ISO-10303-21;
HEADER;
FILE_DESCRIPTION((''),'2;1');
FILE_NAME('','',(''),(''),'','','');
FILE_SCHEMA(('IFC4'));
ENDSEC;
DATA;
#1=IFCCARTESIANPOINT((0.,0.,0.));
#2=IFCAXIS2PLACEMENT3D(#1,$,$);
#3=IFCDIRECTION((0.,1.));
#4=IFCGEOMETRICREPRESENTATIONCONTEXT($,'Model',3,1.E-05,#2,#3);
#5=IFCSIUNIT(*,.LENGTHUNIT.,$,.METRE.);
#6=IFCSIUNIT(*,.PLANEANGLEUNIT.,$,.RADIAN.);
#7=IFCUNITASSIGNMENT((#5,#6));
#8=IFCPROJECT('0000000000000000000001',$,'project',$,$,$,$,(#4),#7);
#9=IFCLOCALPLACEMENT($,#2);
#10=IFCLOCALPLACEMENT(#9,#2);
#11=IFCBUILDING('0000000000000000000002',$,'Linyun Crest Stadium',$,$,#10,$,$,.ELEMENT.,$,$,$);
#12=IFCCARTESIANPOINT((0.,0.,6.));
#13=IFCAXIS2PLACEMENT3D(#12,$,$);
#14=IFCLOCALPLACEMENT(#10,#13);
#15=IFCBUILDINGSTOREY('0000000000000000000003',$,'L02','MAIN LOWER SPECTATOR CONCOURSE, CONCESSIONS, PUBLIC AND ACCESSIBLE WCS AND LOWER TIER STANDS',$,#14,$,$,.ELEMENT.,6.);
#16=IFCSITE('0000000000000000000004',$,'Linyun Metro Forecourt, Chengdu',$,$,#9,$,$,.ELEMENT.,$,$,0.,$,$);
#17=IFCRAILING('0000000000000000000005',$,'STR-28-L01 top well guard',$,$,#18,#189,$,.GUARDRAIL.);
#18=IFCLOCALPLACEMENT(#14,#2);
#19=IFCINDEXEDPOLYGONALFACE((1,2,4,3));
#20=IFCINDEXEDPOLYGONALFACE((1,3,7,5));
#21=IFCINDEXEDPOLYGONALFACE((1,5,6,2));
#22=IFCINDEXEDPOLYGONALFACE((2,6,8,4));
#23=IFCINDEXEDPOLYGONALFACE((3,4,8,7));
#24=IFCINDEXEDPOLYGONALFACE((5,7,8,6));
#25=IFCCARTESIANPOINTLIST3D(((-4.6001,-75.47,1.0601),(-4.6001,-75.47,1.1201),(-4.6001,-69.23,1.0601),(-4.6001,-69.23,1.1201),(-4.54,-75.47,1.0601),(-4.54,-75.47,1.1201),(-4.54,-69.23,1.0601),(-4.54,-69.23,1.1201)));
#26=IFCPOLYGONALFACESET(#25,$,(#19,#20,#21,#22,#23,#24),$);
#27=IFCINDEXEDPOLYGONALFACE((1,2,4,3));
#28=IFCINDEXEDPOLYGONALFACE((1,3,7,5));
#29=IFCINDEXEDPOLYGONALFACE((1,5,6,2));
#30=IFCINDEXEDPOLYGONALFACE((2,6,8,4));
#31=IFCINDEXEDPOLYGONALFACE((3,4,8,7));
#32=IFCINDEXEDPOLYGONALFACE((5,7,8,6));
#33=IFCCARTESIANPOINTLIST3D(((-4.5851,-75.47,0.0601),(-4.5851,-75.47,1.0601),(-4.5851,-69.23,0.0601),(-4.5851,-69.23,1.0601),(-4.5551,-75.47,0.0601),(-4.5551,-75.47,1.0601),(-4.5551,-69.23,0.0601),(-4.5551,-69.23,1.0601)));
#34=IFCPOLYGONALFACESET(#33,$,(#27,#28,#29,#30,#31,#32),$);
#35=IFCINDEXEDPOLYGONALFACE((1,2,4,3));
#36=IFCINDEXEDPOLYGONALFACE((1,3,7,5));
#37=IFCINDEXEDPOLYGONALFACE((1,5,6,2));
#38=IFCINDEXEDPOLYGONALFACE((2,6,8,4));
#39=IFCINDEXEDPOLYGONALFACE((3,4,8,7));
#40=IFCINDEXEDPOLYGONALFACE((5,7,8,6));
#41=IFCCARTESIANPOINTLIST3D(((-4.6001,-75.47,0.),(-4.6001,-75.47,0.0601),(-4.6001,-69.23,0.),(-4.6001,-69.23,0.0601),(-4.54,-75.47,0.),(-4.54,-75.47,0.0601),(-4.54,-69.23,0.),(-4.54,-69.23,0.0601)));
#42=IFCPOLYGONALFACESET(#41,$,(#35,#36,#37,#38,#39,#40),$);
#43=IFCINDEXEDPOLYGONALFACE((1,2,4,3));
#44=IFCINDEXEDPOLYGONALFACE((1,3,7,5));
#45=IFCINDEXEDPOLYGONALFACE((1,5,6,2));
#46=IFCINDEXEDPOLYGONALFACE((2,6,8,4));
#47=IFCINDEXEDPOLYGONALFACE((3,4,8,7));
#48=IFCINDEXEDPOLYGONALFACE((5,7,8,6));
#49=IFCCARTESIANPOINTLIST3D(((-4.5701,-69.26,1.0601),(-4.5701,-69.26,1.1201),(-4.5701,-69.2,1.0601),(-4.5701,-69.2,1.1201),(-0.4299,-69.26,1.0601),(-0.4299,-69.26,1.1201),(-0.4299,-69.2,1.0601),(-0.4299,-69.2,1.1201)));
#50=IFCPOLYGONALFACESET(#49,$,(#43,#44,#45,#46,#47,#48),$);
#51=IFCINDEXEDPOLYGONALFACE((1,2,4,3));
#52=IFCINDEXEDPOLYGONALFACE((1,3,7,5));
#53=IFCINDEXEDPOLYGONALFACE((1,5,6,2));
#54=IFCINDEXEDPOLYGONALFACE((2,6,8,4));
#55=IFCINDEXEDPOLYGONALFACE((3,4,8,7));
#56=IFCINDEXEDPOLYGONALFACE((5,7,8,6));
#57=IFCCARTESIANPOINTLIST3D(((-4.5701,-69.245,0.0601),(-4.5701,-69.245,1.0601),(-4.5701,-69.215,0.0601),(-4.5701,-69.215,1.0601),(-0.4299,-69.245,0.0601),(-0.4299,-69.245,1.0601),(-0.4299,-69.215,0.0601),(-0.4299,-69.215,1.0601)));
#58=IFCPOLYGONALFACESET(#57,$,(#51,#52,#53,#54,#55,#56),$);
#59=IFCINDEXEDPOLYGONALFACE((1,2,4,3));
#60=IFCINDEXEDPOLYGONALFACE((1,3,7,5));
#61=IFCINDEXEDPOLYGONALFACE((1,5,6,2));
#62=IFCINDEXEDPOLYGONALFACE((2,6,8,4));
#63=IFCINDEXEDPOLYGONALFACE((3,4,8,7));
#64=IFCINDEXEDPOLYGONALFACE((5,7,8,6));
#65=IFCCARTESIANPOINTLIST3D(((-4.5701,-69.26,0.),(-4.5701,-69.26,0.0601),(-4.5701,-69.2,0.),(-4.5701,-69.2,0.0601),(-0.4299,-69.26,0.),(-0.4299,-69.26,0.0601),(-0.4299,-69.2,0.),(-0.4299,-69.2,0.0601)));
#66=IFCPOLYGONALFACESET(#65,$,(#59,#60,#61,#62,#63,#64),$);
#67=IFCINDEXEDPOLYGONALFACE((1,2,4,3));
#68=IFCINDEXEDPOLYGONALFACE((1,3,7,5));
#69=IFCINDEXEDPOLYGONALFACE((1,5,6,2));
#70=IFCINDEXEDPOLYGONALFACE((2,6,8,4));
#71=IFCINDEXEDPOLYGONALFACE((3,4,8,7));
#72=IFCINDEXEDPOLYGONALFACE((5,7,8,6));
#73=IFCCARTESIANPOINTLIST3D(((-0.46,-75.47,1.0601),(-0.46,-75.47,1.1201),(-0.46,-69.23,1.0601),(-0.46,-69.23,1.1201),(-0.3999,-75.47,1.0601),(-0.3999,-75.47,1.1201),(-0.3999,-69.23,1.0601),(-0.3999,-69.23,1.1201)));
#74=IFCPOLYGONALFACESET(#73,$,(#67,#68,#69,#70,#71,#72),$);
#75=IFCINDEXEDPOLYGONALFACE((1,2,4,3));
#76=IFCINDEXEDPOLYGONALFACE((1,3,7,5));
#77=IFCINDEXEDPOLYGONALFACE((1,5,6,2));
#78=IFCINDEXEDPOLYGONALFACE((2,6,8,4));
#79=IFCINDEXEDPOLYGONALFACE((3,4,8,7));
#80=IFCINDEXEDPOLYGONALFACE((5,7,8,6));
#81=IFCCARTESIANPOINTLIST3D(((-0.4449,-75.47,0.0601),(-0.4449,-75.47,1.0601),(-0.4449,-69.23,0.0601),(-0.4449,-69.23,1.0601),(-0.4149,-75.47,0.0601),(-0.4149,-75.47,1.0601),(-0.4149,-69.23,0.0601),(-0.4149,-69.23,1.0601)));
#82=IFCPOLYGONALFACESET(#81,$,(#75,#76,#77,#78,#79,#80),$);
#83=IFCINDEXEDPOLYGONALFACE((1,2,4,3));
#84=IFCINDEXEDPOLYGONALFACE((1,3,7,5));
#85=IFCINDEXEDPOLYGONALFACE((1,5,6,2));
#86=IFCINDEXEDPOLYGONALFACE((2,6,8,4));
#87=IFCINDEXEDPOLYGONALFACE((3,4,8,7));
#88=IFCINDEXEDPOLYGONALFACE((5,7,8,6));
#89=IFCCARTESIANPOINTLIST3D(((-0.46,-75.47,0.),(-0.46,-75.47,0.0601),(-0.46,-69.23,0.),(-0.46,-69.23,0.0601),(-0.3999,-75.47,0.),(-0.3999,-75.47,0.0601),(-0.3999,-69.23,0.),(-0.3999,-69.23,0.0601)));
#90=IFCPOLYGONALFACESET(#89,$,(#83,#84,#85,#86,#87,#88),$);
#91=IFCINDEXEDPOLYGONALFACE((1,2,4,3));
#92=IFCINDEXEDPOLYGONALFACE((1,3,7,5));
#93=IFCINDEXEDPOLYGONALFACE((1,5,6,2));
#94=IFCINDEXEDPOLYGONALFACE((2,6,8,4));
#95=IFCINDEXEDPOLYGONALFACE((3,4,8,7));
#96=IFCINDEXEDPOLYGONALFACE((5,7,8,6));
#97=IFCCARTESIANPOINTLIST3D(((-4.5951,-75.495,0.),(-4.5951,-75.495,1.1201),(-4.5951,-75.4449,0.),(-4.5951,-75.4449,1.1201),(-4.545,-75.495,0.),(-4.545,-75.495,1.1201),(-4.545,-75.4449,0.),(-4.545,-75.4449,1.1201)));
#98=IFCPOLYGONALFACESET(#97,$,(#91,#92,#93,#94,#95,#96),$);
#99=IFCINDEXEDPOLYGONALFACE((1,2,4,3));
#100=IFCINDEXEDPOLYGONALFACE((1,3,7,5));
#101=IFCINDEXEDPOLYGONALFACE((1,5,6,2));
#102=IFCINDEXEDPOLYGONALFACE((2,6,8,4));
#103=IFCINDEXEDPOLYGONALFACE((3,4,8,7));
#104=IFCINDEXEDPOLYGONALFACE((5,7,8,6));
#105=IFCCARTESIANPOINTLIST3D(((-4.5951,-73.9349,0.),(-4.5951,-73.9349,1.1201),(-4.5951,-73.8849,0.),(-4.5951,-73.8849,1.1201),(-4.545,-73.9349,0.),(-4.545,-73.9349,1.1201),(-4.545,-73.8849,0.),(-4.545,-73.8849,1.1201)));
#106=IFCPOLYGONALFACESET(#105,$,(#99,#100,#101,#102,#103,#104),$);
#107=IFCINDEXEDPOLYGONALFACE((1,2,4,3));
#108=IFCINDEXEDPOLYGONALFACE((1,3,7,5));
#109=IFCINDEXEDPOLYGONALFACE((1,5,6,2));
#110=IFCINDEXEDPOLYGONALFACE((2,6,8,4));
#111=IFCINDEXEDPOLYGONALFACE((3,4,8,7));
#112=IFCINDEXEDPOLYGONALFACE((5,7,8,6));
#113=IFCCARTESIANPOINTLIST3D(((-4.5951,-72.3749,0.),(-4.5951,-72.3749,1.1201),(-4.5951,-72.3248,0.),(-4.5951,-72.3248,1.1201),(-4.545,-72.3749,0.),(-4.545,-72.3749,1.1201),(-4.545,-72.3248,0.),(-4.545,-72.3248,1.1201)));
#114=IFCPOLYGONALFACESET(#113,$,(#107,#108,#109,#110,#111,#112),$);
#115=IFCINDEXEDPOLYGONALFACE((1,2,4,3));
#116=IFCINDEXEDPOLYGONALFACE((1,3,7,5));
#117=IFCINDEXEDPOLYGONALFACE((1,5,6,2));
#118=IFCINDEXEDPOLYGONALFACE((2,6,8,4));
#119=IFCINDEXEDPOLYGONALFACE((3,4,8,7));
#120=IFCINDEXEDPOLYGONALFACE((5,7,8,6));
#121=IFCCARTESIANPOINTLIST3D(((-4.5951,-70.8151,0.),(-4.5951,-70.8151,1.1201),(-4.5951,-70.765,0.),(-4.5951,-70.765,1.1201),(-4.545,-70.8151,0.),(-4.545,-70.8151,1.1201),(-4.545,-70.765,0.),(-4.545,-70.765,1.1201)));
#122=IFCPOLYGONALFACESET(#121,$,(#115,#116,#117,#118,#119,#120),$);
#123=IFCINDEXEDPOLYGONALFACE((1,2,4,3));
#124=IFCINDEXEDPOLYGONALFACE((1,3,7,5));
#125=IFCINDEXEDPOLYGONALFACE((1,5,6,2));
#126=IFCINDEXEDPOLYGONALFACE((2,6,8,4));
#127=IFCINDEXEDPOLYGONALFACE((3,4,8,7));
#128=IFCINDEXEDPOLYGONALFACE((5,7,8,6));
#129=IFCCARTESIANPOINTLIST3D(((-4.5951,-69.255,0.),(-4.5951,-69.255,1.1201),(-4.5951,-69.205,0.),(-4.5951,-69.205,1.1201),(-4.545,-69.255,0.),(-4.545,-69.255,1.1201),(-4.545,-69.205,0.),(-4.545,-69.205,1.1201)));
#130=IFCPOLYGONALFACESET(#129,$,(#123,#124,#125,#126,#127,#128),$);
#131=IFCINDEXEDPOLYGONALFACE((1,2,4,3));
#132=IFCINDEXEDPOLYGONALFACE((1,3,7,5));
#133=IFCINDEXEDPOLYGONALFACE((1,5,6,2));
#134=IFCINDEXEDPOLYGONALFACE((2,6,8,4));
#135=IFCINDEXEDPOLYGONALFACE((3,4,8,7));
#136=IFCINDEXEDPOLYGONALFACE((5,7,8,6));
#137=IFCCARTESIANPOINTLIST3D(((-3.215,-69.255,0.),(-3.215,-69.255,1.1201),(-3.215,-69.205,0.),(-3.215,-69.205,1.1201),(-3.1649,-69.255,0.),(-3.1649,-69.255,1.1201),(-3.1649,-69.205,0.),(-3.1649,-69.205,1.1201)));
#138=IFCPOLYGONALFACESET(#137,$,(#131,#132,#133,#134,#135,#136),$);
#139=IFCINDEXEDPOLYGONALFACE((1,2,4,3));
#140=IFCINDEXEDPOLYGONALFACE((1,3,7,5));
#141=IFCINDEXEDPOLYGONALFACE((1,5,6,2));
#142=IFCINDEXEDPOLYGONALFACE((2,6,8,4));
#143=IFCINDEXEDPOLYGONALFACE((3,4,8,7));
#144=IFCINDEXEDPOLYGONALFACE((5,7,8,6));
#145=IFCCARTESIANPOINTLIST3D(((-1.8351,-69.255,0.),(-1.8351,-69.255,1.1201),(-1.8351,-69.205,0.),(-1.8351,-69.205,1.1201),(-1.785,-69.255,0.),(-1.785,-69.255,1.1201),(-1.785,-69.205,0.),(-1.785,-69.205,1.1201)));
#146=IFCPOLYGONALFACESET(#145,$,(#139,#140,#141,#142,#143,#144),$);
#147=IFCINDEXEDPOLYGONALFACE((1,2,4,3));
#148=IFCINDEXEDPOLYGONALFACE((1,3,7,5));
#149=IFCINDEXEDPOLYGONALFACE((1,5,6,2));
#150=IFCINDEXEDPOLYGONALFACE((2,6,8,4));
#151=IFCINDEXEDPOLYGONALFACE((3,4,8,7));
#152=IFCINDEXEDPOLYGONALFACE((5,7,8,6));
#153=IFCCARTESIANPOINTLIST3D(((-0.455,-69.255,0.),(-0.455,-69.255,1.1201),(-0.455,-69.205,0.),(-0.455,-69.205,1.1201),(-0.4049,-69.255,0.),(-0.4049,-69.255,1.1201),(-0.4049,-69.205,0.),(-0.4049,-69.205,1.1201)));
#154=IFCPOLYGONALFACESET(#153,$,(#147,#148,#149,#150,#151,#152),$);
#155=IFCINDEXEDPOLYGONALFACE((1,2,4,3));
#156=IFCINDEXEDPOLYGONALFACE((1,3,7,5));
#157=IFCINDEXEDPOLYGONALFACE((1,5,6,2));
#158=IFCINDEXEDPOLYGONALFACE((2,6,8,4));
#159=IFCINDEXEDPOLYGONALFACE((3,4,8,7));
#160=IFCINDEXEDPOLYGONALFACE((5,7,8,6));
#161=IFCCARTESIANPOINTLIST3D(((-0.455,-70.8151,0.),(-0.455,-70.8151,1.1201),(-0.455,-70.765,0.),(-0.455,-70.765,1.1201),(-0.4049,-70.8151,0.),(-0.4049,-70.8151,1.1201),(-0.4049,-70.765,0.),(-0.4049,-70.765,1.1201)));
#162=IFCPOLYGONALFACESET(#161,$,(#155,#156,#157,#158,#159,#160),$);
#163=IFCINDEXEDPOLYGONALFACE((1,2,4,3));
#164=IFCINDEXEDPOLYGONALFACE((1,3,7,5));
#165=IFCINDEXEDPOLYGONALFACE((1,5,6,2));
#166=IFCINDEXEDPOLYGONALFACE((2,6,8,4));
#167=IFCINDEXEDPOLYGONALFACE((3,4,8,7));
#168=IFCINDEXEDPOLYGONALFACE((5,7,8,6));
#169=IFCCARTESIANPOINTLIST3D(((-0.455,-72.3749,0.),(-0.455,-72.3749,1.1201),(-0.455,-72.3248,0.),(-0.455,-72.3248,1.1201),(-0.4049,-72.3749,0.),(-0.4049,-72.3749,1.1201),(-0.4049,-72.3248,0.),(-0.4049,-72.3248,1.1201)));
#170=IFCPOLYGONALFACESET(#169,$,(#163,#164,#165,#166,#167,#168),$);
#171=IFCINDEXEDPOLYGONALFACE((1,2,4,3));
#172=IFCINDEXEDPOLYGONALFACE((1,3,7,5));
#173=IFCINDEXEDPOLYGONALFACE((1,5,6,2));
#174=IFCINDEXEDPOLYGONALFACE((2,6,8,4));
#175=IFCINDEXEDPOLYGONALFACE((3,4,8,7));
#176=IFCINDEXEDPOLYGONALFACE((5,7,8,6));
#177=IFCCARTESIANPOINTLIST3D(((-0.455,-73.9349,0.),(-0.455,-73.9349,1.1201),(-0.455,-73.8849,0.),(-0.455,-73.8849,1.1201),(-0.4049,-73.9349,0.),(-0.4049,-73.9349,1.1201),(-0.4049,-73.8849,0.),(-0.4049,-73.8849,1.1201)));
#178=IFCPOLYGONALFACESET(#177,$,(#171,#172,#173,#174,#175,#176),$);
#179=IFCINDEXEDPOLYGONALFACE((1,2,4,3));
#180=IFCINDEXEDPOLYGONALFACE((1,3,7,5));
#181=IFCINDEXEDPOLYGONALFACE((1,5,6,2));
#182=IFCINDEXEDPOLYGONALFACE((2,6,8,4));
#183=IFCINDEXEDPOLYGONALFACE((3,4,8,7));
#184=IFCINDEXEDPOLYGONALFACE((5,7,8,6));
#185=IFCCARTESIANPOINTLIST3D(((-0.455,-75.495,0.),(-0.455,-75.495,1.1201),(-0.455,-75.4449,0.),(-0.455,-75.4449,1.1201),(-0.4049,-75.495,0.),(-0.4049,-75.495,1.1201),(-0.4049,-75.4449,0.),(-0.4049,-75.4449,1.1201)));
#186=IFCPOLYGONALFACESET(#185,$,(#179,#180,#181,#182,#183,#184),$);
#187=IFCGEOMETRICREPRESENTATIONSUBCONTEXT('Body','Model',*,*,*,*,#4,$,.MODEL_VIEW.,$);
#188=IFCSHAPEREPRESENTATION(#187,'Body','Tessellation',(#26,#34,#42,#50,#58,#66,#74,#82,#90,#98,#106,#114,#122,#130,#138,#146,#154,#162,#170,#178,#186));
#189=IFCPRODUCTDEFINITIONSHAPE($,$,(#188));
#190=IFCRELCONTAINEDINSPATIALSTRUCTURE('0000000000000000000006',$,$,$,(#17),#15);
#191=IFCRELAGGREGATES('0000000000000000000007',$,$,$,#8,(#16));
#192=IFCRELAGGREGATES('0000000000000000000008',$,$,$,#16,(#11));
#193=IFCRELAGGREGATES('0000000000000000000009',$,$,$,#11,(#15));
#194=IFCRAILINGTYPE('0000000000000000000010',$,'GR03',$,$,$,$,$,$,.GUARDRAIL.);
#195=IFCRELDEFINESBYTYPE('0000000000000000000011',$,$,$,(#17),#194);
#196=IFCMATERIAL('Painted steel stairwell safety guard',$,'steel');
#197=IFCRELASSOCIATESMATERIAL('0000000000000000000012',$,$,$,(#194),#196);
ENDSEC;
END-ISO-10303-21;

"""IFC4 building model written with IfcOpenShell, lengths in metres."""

from ifc_helpers import new_model, si_unit, direction, frame, origin, origin_2d, place, context, subcontext, project, spatial, rectangle, extrude, material, type_object, element, save


model = new_model("IFC4")

# Units and contexts
model_context = context("Model", 3, precision=1e-05, world=origin(), true_north=direction((0.0, 1.0)))
body_context = subcontext(model_context, "Body", "Model", "MODEL_VIEW")
ifc_project = project(units=[si_unit("LENGTHUNIT", "METRE"), si_unit("PLANEANGLEUNIT", "RADIAN")], contexts=[model_context])

# Site, building, storey
site_placement = place(None, origin())
site = spatial("IfcSite", under=ifc_project, at=site_placement, Name="Linyun Metro Forecourt, Chengdu", CompositionType="ELEMENT", RefElevation=0.0)
building_placement = place(site_placement, origin())
building = spatial("IfcBuilding", under=site, at=building_placement, Name="Linyun Crest Stadium", CompositionType="ELEMENT")
storey_placement = place(building_placement, frame((0.0, 0.0, 6.0)))
storey = spatial("IfcBuildingStorey", under=building, at=storey_placement, Name="L02", Description="MAIN LOWER SPECTATOR CONCOURSE, CONCESSIONS, PUBLIC AND ACCESSIBLE WCS AND LOWER TIER STANDS", CompositionType="ELEMENT", Elevation=6.0)

# Railing
ifc_material_1 = material(Name="Painted steel stairwell safety guard", Category="steel")
railing_type_1 = type_object("IfcRailingType", Name="GR03", PredefinedType="GUARDRAIL", material=ifc_material_1)
railing_1_placement = place(storey_placement, frame((-4.5701, -75.47, 0.0)))
element("IfcRailing", 1, at=railing_1_placement, inside=storey, type_object=railing_type_1, Name="STR-28-L01 top well guard", PredefinedType="GUARDRAIL", context=body_context, shape_type="SweptSolid", body=[
    extrude(rectangle(XDim=0.0601, YDim=0.0601, at=origin_2d()), frame((0.0, 0.0, 1.0901), z_axis=(0.0, 1.0, 0.0), x_axis=(-1.0, 0.0, 0.0)), (0.0, 0.0, 1.0), 6.24),
    extrude(rectangle(XDim=0.03, YDim=1.0, at=origin_2d()), frame((0.0, 0.0, 0.5601), z_axis=(0.0, 1.0, 0.0), x_axis=(-1.0, 0.0, 0.0)), (0.0, 0.0, 1.0), 6.24),
    extrude(rectangle(XDim=0.0601, YDim=0.0601, at=origin_2d()), frame((0.0, 0.0, 0.03), z_axis=(0.0, 1.0, 0.0), x_axis=(-1.0, 0.0, 0.0)), (0.0, 0.0, 1.0), 6.24),
    extrude(rectangle(XDim=0.0601, YDim=0.0601, at=origin_2d()), frame((0.0, 6.24, 1.0901), z_axis=(1.0, 0.0, 0.0), x_axis=(0.0, 1.0, 0.0)), (0.0, 0.0, 1.0), 4.1401),
    extrude(rectangle(XDim=0.03, YDim=1.0, at=origin_2d()), frame((0.0, 6.24, 0.5601), z_axis=(1.0, 0.0, 0.0), x_axis=(0.0, 1.0, 0.0)), (0.0, 0.0, 1.0), 4.1401),
    extrude(rectangle(XDim=0.0601, YDim=0.0601, at=origin_2d()), frame((0.0, 6.24, 0.03), z_axis=(1.0, 0.0, 0.0), x_axis=(0.0, 1.0, 0.0)), (0.0, 0.0, 1.0), 4.1401),
    extrude(rectangle(XDim=0.0601, YDim=0.0601, at=origin_2d()), frame((4.1401, 6.24, 1.0901), z_axis=(0.0, -1.0, 0.0), x_axis=(1.0, 0.0, 0.0)), (0.0, 0.0, 1.0), 6.24),
    extrude(rectangle(XDim=0.03, YDim=1.0, at=origin_2d()), frame((4.1401, 6.24, 0.5601), z_axis=(0.0, -1.0, 0.0), x_axis=(1.0, 0.0, 0.0)), (0.0, 0.0, 1.0), 6.24),
    extrude(rectangle(XDim=0.0601, YDim=0.0601, at=origin_2d()), frame((4.1401, 6.24, 0.03), z_axis=(0.0, -1.0, 0.0), x_axis=(1.0, 0.0, 0.0)), (0.0, 0.0, 1.0), 6.24),
    extrude(rectangle(XDim=0.05, YDim=0.05, at=origin_2d()), origin(), (0.0, 0.0, 1.0), 1.1201),
    extrude(rectangle(XDim=0.05, YDim=0.05, at=origin_2d()), frame((0.0, 1.5601, 0.0)), (0.0, 0.0, 1.0), 1.1201),
    extrude(rectangle(XDim=0.05, YDim=0.05, at=origin_2d()), frame((0.0, 3.1201, 0.0)), (0.0, 0.0, 1.0), 1.1201),
    extrude(rectangle(XDim=0.05, YDim=0.05, at=origin_2d()), frame((0.0, 4.6799, 0.0)), (0.0, 0.0, 1.0), 1.1201),
    extrude(rectangle(XDim=0.05, YDim=0.05, at=origin_2d()), frame((0.0, 6.24, 0.0)), (0.0, 0.0, 1.0), 1.1201),
    extrude(rectangle(XDim=0.05, YDim=0.05, at=origin_2d()), frame((1.3801, 6.24, 0.0)), (0.0, 0.0, 1.0), 1.1201),
    extrude(rectangle(XDim=0.05, YDim=0.05, at=origin_2d()), frame((2.76, 6.24, 0.0)), (0.0, 0.0, 1.0), 1.1201),
    extrude(rectangle(XDim=0.05, YDim=0.05, at=origin_2d()), frame((4.1401, 6.24, 0.0)), (0.0, 0.0, 1.0), 1.1201),
    extrude(rectangle(XDim=0.05, YDim=0.05, at=origin_2d()), frame((4.1401, 4.6799, 0.0)), (0.0, 0.0, 1.0), 1.1201),
    extrude(rectangle(XDim=0.05, YDim=0.05, at=origin_2d()), frame((4.1401, 3.1201, 0.0)), (0.0, 0.0, 1.0), 1.1201),
    extrude(rectangle(XDim=0.05, YDim=0.05, at=origin_2d()), frame((4.1401, 1.5601, 0.0)), (0.0, 0.0, 1.0), 1.1201),
    extrude(rectangle(XDim=0.05, YDim=0.05, at=origin_2d()), frame((4.1401, 0.0, 0.0)), (0.0, 0.0, 1.0), 1.1201),
])

save(model, "model.ifc")
